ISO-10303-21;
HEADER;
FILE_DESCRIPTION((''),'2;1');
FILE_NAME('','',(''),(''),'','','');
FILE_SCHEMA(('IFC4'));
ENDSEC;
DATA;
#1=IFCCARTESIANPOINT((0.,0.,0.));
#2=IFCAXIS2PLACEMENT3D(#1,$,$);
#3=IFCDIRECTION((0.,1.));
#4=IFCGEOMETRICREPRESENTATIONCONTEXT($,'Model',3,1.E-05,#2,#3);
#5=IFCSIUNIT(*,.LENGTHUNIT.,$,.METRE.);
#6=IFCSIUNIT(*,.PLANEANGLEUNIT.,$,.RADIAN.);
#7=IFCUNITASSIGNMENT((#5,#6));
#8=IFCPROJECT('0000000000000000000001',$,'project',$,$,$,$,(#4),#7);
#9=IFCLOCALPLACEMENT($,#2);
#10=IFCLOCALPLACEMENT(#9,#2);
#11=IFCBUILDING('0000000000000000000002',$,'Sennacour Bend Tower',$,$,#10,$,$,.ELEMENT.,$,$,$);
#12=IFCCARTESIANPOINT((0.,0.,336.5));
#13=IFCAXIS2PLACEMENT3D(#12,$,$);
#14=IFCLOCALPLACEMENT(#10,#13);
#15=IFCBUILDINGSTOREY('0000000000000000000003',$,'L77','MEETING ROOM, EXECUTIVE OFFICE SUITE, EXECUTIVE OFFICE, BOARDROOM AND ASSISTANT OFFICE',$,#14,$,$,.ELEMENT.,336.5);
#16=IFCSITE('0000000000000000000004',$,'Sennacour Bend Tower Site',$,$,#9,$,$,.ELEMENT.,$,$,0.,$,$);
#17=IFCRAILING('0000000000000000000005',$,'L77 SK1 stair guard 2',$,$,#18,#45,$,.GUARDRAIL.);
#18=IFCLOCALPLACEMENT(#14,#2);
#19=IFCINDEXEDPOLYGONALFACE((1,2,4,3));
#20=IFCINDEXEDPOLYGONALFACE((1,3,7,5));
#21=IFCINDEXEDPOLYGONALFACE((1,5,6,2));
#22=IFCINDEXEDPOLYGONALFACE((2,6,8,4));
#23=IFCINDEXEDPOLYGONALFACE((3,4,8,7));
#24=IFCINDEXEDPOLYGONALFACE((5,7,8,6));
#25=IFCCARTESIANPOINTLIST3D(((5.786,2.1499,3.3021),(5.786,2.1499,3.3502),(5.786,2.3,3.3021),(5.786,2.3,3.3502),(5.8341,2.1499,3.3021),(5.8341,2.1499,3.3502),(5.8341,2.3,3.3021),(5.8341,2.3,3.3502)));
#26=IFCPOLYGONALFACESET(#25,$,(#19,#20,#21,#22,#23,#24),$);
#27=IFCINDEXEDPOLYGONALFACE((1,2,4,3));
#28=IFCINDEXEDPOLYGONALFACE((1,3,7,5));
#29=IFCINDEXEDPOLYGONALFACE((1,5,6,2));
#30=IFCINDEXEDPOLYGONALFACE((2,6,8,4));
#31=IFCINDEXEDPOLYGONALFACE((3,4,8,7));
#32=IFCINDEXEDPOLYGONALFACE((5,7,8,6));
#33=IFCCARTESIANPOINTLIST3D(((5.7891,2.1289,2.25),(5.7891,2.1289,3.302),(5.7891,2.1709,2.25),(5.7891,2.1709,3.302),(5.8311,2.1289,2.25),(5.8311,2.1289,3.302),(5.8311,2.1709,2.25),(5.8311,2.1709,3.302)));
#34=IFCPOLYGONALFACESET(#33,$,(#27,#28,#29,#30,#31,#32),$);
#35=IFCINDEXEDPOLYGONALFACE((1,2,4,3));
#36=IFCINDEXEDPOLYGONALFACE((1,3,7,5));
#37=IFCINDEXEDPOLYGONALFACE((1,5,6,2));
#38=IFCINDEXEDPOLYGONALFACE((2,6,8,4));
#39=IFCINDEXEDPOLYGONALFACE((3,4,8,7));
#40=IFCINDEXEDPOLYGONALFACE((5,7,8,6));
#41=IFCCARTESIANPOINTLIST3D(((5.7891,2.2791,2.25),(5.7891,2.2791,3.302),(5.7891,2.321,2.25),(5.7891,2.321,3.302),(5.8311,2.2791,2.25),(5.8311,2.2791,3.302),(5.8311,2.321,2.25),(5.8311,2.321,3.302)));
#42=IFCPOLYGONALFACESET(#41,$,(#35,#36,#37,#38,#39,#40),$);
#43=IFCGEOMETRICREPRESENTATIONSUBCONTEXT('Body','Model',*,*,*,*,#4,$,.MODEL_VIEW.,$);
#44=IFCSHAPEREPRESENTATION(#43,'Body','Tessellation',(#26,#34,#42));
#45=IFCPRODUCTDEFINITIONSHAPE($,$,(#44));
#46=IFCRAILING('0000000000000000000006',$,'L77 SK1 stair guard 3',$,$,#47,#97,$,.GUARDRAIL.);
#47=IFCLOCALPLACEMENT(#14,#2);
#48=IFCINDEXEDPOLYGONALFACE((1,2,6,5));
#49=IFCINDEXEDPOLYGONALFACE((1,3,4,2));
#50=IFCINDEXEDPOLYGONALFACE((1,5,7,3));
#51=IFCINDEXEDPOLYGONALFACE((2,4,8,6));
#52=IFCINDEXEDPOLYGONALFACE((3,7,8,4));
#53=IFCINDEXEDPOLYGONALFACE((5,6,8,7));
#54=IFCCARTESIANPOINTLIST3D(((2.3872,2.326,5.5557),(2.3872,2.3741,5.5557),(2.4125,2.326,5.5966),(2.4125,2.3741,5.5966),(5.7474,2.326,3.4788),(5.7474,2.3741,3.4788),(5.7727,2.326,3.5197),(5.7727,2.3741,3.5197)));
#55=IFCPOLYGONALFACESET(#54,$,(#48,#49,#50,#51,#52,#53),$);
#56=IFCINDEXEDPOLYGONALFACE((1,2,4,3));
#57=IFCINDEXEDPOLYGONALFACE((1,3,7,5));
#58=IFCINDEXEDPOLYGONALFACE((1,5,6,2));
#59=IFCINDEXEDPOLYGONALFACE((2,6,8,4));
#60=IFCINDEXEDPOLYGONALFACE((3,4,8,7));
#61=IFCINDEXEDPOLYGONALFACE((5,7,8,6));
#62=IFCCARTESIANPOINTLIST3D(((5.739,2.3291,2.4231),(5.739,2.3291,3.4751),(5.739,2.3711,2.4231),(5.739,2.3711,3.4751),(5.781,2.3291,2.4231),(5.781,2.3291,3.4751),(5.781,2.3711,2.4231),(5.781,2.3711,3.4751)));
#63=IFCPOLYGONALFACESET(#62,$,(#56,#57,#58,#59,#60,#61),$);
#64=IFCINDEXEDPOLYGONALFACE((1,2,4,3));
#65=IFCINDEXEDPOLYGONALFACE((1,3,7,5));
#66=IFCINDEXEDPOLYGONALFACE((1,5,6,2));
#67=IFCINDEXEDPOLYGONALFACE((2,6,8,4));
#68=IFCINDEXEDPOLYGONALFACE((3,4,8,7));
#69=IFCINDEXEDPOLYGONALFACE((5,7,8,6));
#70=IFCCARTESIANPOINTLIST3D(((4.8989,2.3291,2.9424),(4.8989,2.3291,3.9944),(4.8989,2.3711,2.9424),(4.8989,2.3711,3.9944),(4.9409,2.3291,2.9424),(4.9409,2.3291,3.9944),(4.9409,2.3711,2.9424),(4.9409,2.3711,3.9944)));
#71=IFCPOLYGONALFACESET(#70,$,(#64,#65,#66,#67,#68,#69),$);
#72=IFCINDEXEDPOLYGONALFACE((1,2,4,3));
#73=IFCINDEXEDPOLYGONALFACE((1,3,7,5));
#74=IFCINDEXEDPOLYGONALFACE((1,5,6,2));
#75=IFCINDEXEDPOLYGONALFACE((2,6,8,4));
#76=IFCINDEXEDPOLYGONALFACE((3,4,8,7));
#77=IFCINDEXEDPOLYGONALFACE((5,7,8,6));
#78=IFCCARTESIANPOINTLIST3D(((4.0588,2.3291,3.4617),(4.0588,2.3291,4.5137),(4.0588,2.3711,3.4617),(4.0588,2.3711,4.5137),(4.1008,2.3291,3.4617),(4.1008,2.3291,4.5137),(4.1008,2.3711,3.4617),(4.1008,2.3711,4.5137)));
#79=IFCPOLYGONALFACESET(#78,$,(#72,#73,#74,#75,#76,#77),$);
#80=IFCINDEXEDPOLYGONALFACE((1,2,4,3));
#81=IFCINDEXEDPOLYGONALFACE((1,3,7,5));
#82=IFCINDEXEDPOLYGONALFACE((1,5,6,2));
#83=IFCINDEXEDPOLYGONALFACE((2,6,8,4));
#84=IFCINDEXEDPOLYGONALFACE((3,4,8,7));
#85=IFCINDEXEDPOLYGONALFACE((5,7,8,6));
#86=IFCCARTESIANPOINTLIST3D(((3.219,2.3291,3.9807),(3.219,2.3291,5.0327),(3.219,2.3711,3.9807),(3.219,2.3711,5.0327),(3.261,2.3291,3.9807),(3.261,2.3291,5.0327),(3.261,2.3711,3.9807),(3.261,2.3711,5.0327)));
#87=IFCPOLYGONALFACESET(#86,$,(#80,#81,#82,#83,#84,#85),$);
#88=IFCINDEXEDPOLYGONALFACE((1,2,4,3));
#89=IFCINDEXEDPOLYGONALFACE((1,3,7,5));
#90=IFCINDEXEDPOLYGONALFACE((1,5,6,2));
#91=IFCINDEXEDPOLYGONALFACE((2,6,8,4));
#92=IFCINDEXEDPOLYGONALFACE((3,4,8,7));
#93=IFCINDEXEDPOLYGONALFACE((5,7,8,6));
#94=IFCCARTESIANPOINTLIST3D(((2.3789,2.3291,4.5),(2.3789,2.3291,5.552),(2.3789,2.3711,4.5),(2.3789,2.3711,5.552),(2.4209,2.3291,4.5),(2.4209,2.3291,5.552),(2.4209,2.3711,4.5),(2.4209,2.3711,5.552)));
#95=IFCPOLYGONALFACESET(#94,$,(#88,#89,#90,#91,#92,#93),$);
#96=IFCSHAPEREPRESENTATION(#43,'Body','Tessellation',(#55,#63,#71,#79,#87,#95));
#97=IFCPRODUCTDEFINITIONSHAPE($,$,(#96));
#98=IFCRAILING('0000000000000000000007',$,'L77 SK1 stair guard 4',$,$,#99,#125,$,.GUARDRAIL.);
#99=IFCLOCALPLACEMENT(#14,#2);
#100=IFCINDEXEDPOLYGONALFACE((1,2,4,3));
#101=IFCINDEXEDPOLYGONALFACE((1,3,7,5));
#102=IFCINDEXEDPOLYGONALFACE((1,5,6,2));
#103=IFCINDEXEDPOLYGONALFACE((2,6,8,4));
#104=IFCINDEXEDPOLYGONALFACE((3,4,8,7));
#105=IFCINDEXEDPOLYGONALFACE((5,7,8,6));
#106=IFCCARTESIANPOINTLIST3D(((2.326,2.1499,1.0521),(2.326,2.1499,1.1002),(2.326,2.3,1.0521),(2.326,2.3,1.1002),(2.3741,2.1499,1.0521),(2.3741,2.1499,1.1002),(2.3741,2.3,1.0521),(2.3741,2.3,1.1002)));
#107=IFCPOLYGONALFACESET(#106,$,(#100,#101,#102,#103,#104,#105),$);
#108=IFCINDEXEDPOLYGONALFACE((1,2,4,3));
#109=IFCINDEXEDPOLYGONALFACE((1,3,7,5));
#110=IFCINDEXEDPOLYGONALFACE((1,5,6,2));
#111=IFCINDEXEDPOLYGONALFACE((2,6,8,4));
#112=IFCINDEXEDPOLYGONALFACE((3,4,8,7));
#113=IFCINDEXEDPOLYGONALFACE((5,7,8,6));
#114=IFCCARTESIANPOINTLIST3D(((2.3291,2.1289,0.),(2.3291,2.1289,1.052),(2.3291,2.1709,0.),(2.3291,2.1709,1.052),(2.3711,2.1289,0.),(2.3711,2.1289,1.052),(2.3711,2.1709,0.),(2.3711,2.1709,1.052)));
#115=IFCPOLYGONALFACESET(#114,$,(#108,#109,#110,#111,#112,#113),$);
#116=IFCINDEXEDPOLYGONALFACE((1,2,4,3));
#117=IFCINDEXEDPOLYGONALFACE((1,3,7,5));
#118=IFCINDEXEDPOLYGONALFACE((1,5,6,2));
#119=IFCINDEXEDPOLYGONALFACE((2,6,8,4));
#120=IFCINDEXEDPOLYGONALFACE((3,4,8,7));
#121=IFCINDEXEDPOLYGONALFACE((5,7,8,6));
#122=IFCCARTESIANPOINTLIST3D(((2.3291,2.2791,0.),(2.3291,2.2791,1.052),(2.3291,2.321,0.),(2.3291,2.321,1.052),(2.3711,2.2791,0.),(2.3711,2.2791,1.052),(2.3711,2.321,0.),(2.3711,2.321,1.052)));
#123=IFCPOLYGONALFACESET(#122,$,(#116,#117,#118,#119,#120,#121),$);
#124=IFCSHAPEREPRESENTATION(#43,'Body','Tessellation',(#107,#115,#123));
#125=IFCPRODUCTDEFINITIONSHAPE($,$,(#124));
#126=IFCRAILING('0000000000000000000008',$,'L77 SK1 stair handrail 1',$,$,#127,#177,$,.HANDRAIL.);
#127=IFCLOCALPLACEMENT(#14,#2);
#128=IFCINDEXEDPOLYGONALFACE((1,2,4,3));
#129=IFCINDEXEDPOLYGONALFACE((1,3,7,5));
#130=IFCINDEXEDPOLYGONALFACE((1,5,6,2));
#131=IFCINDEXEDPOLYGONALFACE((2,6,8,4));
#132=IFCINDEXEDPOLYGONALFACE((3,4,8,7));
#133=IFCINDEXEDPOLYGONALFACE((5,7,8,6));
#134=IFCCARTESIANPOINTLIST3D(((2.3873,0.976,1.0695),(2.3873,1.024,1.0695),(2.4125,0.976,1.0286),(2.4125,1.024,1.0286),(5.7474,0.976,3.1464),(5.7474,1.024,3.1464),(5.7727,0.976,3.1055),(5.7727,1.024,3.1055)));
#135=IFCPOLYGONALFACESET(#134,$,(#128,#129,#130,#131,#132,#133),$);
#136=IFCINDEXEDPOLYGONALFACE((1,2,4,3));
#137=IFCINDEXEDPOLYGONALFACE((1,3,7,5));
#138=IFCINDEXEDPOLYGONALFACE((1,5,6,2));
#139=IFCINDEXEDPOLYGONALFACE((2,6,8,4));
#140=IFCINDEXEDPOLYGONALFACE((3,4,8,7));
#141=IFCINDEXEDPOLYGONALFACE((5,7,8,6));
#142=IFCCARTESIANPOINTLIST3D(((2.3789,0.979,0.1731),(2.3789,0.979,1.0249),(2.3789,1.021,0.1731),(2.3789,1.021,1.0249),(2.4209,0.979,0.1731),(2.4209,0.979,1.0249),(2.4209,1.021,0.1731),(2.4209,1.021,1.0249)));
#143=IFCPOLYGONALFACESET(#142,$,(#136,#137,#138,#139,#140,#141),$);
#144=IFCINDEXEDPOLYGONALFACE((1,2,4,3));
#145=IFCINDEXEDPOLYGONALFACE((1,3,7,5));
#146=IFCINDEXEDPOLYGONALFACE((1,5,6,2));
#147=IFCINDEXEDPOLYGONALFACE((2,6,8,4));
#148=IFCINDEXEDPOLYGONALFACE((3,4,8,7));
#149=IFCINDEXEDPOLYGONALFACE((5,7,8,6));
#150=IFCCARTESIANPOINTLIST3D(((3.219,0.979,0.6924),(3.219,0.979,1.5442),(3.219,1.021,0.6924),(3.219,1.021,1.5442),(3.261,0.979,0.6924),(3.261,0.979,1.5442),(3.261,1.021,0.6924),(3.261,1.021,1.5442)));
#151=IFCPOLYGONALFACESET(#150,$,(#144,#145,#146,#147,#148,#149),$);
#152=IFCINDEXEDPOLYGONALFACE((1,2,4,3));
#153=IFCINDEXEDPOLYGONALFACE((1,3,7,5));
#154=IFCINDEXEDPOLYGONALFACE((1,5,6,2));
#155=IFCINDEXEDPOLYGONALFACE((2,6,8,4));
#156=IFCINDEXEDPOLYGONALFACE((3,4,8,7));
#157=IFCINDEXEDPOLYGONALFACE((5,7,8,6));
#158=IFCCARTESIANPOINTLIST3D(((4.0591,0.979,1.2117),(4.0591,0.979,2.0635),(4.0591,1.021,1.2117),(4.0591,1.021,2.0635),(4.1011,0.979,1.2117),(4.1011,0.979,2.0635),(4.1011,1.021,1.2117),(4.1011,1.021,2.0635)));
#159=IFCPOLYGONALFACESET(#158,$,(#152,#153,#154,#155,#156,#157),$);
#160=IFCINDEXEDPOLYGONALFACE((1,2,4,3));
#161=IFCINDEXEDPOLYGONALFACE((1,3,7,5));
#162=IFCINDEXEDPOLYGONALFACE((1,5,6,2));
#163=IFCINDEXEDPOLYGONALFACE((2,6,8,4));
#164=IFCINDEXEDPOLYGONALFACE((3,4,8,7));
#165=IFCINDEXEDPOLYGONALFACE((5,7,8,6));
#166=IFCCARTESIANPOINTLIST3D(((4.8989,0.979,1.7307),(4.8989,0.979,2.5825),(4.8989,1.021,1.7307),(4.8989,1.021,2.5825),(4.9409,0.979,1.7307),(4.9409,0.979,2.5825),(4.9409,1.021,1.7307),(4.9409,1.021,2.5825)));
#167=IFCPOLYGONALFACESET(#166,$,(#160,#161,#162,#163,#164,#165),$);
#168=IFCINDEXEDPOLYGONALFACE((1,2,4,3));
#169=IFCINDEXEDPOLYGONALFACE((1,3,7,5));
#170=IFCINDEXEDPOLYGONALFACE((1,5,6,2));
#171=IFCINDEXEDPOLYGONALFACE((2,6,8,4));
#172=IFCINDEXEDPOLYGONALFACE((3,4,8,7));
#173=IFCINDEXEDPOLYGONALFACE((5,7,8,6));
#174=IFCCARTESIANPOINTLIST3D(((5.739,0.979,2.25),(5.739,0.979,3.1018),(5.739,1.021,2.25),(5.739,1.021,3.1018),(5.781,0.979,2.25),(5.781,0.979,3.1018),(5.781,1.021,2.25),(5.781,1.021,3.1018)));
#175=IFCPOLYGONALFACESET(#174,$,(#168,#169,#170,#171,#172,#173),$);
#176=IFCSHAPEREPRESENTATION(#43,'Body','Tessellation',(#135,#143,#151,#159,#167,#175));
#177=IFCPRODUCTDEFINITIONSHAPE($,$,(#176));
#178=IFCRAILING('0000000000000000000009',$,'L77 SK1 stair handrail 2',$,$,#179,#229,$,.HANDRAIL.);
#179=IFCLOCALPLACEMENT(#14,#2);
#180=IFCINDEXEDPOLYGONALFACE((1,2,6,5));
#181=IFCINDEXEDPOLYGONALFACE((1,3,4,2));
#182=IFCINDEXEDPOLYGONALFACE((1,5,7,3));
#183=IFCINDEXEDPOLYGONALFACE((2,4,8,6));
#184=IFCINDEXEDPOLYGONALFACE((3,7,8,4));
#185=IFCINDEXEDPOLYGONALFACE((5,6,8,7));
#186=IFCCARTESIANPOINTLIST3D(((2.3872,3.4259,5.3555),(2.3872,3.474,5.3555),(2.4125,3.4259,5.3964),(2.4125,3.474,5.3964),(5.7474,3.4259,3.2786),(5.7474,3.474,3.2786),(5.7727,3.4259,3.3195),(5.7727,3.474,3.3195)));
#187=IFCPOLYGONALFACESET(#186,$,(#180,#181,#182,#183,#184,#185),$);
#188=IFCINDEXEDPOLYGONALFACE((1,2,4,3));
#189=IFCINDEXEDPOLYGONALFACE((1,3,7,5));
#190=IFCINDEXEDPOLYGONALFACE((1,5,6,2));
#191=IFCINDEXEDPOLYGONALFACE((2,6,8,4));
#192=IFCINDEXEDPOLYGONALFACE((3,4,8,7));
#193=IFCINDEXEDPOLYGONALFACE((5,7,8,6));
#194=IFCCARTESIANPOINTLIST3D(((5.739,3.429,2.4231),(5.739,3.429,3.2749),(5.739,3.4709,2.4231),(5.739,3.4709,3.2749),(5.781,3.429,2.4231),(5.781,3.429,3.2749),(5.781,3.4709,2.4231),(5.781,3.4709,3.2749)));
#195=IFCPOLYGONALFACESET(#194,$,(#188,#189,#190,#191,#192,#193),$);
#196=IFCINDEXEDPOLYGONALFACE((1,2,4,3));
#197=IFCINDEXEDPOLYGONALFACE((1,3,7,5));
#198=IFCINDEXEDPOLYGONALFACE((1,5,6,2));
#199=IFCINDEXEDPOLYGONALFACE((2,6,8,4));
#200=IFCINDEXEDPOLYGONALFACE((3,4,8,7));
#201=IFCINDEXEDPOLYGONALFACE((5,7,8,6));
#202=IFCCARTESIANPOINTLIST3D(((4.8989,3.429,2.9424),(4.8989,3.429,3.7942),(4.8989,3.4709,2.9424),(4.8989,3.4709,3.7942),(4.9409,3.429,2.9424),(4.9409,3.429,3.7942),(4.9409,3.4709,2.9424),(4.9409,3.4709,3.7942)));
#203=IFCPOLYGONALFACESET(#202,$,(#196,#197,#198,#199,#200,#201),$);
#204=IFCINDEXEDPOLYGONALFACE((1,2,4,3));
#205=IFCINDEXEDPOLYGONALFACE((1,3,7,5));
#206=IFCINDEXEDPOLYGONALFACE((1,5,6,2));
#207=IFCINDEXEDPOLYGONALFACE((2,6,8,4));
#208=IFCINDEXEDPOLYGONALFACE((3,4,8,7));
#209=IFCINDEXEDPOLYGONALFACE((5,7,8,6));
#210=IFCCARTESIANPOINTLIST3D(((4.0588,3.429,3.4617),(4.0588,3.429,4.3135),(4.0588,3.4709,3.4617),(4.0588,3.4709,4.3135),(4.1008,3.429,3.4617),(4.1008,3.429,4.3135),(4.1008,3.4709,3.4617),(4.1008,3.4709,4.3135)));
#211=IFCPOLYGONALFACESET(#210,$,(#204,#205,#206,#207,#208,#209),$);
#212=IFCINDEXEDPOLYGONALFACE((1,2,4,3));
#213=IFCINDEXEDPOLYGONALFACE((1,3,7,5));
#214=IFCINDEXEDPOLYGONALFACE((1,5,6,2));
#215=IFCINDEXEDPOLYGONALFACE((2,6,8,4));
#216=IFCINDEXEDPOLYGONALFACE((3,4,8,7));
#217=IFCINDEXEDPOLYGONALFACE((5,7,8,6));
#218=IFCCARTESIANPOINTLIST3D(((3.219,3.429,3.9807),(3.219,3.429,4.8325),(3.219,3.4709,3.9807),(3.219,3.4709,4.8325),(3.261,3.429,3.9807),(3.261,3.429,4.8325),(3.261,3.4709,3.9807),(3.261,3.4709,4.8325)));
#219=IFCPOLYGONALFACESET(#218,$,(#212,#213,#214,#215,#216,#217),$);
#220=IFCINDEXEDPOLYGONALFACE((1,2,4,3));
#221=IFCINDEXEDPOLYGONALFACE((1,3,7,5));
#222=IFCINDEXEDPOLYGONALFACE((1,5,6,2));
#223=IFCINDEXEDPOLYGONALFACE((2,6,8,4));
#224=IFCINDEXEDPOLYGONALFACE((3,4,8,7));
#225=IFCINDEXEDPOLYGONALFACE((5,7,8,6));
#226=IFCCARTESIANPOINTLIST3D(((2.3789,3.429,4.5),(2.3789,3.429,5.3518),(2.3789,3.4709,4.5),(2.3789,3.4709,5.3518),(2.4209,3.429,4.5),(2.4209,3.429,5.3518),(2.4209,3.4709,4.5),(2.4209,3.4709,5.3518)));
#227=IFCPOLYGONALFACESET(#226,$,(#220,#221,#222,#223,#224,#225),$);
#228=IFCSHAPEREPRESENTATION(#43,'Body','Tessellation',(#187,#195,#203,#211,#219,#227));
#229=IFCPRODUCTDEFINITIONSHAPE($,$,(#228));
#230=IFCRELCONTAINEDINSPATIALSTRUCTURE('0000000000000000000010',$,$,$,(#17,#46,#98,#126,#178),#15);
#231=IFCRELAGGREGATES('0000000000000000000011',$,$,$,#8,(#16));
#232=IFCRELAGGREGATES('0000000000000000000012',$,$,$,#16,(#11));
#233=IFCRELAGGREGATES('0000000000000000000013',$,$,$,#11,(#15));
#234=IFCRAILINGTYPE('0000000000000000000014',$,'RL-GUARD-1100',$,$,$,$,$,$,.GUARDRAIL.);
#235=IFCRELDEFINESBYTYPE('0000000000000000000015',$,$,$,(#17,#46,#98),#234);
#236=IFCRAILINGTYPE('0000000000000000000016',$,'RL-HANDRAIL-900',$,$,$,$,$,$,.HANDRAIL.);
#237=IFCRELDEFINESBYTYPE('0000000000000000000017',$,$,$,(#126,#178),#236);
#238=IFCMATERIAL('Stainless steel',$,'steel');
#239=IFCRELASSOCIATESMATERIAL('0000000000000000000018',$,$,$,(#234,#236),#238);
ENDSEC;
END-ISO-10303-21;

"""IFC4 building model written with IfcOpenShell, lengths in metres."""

from ifc_helpers import new_model, si_unit, direction, frame, origin, origin_2d, place, context, subcontext, project, spatial, rectangle, extrude, material, type_object, element, save


model = new_model("IFC4")

# Units and contexts
model_context = context("Model", 3, precision=1e-05, world=origin(), true_north=direction((0.0, 1.0)))
body_context = subcontext(model_context, "Body", "Model", "MODEL_VIEW")
ifc_project = project(units=[si_unit("LENGTHUNIT", "METRE"), si_unit("PLANEANGLEUNIT", "RADIAN")], contexts=[model_context])

# Site, building, storey
site_placement = place(None, origin())
site = spatial("IfcSite", under=ifc_project, at=site_placement, Name="Sennacour Bend Tower Site", CompositionType="ELEMENT", RefElevation=0.0)
building_placement = place(site_placement, origin())
building = spatial("IfcBuilding", under=site, at=building_placement, Name="Sennacour Bend Tower", CompositionType="ELEMENT")
storey_placement = place(building_placement, frame((0.0, 0.0, 336.5)))
storey = spatial("IfcBuildingStorey", under=building, at=storey_placement, Name="L77", Description="MEETING ROOM, EXECUTIVE OFFICE SUITE, EXECUTIVE OFFICE, BOARDROOM AND ASSISTANT OFFICE", CompositionType="ELEMENT", Elevation=336.5)

# Railings
ifc_material_1 = material(Name="Stainless steel", Category="steel")
railing_type_1 = type_object("IfcRailingType", Name="RL-GUARD-1100", PredefinedType="GUARDRAIL", material=ifc_material_1)
railing_1_placement = place(storey_placement, frame((5.8101, 2.1499, 2.25)))
element("IfcRailing", 1, at=railing_1_placement, inside=storey, type_object=railing_type_1, Name="L77 SK1 stair guard 2", PredefinedType="GUARDRAIL", context=body_context, shape_type="SweptSolid", body=[
    extrude(rectangle(XDim=0.0481, YDim=0.0481, at=origin_2d()), frame((0.0, 0.0, 1.0762), z_axis=(0.0, 1.0, 0.0), x_axis=(-1.0, 0.0, 0.0)), (0.0, 0.0, 1.0), 0.1501),
    extrude(rectangle(XDim=0.042, YDim=0.042, at=origin_2d()), origin(), (0.0, 0.0, 1.0), 1.052),
    extrude(rectangle(XDim=0.042, YDim=0.042, at=origin_2d()), frame((0.0, 0.1501, 0.0)), (0.0, 0.0, 1.0), 1.052),
])
railing_2_placement = place(storey_placement, frame((5.76, 2.3501, 2.4231)))
element("IfcRailing", 2, at=railing_2_placement, inside=storey, type_object=railing_type_1, Name="L77 SK1 stair guard 3", PredefinedType="GUARDRAIL", context=body_context, shape_type="SweptSolid", body=[
    extrude(rectangle(XDim=0.0481, YDim=0.0481, at=origin_2d()), frame((0.0, 0.0, 1.0762), z_axis=(-0.850623, 0.0, 0.525776), x_axis=(0.0, -1.0, 0.0)), (0.0, 0.0, 1.0), 3.9502),
    extrude(rectangle(XDim=0.042, YDim=0.042, at=origin_2d()), origin(), (0.0, 0.0, 1.0), 1.052),
    extrude(rectangle(XDim=0.042, YDim=0.042, at=origin_2d()), frame((-0.8401, 0.0, 0.5193)), (0.0, 0.0, 1.0), 1.052),
    extrude(rectangle(XDim=0.042, YDim=0.042, at=origin_2d()), frame((-1.6802, 0.0, 1.0386)), (0.0, 0.0, 1.0), 1.052),
    extrude(rectangle(XDim=0.042, YDim=0.042, at=origin_2d()), frame((-2.52, 0.0, 1.5576)), (0.0, 0.0, 1.0), 1.052),
    extrude(rectangle(XDim=0.042, YDim=0.042, at=origin_2d()), frame((-3.3601, 0.0, 2.0769)), (0.0, 0.0, 1.0), 1.052),
])
railing_3_placement = place(storey_placement, frame((2.3501, 2.1499, 0.0)))
element("IfcRailing", 3, at=railing_3_placement, inside=storey, type_object=railing_type_1, Name="L77 SK1 stair guard 4", PredefinedType="GUARDRAIL", context=body_context, shape_type="SweptSolid", body=[
    extrude(rectangle(XDim=0.0481, YDim=0.0481, at=origin_2d()), frame((0.0, 0.0, 1.0762), z_axis=(0.0, 1.0, 0.0), x_axis=(-1.0, 0.0, 0.0)), (0.0, 0.0, 1.0), 0.1501),
    extrude(rectangle(XDim=0.042, YDim=0.042, at=origin_2d()), origin(), (0.0, 0.0, 1.0), 1.052),
    extrude(rectangle(XDim=0.042, YDim=0.042, at=origin_2d()), frame((0.0, 0.1501, 0.0)), (0.0, 0.0, 1.0), 1.052),
])
railing_type_2 = type_object("IfcRailingType", Name="RL-HANDRAIL-900", PredefinedType="HANDRAIL", material=ifc_material_1)
railing_4_placement = place(storey_placement, frame((2.3999, 1.0, 0.1731)))
element("IfcRailing", 4, at=railing_4_placement, inside=storey, type_object=railing_type_2, Name="L77 SK1 stair handrail 1", PredefinedType="HANDRAIL", context=body_context, shape_type="SweptSolid", body=[
    extrude(rectangle(XDim=0.0481, YDim=0.0481, at=origin_2d()), frame((0.0, 0.0, 0.876), z_axis=(0.850623, 0.0, 0.525776), x_axis=(0.0, 1.0, 0.0)), (0.0, 0.0, 1.0), 3.9502),
    extrude(rectangle(XDim=0.042, YDim=0.042, at=origin_2d()), origin(), (0.0, 0.0, 1.0), 0.8518),
    extrude(rectangle(XDim=0.042, YDim=0.042, at=origin_2d()), frame((0.8401, 0.0, 0.5193)), (0.0, 0.0, 1.0), 0.8518),
    extrude(rectangle(XDim=0.042, YDim=0.042, at=origin_2d()), frame((1.6802, 0.0, 1.0386)), (0.0, 0.0, 1.0), 0.8518),
    extrude(rectangle(XDim=0.042, YDim=0.042, at=origin_2d()), frame((2.52, 0.0, 1.5576)), (0.0, 0.0, 1.0), 0.8518),
    extrude(rectangle(XDim=0.042, YDim=0.042, at=origin_2d()), frame((3.3601, 0.0, 2.0769)), (0.0, 0.0, 1.0), 0.8518),
])
railing_5_placement = place(storey_placement, frame((5.76, 3.45, 2.4231)))
element("IfcRailing", 5, at=railing_5_placement, inside=storey, type_object=railing_type_2, Name="L77 SK1 stair handrail 2", PredefinedType="HANDRAIL", context=body_context, shape_type="SweptSolid", body=[
    extrude(rectangle(XDim=0.0481, YDim=0.0481, at=origin_2d()), frame((0.0, 0.0, 0.876), z_axis=(-0.850623, 0.0, 0.525776), x_axis=(0.0, -1.0, 0.0)), (0.0, 0.0, 1.0), 3.9502),
    extrude(rectangle(XDim=0.042, YDim=0.042, at=origin_2d()), origin(), (0.0, 0.0, 1.0), 0.8518),
    extrude(rectangle(XDim=0.042, YDim=0.042, at=origin_2d()), frame((-0.8401, 0.0, 0.5193)), (0.0, 0.0, 1.0), 0.8518),
    extrude(rectangle(XDim=0.042, YDim=0.042, at=origin_2d()), frame((-1.6802, 0.0, 1.0386)), (0.0, 0.0, 1.0), 0.8518),
    extrude(rectangle(XDim=0.042, YDim=0.042, at=origin_2d()), frame((-2.52, 0.0, 1.5576)), (0.0, 0.0, 1.0), 0.8518),
    extrude(rectangle(XDim=0.042, YDim=0.042, at=origin_2d()), frame((-3.3601, 0.0, 2.0769)), (0.0, 0.0, 1.0), 0.8518),
])

save(model, "model.ifc")
